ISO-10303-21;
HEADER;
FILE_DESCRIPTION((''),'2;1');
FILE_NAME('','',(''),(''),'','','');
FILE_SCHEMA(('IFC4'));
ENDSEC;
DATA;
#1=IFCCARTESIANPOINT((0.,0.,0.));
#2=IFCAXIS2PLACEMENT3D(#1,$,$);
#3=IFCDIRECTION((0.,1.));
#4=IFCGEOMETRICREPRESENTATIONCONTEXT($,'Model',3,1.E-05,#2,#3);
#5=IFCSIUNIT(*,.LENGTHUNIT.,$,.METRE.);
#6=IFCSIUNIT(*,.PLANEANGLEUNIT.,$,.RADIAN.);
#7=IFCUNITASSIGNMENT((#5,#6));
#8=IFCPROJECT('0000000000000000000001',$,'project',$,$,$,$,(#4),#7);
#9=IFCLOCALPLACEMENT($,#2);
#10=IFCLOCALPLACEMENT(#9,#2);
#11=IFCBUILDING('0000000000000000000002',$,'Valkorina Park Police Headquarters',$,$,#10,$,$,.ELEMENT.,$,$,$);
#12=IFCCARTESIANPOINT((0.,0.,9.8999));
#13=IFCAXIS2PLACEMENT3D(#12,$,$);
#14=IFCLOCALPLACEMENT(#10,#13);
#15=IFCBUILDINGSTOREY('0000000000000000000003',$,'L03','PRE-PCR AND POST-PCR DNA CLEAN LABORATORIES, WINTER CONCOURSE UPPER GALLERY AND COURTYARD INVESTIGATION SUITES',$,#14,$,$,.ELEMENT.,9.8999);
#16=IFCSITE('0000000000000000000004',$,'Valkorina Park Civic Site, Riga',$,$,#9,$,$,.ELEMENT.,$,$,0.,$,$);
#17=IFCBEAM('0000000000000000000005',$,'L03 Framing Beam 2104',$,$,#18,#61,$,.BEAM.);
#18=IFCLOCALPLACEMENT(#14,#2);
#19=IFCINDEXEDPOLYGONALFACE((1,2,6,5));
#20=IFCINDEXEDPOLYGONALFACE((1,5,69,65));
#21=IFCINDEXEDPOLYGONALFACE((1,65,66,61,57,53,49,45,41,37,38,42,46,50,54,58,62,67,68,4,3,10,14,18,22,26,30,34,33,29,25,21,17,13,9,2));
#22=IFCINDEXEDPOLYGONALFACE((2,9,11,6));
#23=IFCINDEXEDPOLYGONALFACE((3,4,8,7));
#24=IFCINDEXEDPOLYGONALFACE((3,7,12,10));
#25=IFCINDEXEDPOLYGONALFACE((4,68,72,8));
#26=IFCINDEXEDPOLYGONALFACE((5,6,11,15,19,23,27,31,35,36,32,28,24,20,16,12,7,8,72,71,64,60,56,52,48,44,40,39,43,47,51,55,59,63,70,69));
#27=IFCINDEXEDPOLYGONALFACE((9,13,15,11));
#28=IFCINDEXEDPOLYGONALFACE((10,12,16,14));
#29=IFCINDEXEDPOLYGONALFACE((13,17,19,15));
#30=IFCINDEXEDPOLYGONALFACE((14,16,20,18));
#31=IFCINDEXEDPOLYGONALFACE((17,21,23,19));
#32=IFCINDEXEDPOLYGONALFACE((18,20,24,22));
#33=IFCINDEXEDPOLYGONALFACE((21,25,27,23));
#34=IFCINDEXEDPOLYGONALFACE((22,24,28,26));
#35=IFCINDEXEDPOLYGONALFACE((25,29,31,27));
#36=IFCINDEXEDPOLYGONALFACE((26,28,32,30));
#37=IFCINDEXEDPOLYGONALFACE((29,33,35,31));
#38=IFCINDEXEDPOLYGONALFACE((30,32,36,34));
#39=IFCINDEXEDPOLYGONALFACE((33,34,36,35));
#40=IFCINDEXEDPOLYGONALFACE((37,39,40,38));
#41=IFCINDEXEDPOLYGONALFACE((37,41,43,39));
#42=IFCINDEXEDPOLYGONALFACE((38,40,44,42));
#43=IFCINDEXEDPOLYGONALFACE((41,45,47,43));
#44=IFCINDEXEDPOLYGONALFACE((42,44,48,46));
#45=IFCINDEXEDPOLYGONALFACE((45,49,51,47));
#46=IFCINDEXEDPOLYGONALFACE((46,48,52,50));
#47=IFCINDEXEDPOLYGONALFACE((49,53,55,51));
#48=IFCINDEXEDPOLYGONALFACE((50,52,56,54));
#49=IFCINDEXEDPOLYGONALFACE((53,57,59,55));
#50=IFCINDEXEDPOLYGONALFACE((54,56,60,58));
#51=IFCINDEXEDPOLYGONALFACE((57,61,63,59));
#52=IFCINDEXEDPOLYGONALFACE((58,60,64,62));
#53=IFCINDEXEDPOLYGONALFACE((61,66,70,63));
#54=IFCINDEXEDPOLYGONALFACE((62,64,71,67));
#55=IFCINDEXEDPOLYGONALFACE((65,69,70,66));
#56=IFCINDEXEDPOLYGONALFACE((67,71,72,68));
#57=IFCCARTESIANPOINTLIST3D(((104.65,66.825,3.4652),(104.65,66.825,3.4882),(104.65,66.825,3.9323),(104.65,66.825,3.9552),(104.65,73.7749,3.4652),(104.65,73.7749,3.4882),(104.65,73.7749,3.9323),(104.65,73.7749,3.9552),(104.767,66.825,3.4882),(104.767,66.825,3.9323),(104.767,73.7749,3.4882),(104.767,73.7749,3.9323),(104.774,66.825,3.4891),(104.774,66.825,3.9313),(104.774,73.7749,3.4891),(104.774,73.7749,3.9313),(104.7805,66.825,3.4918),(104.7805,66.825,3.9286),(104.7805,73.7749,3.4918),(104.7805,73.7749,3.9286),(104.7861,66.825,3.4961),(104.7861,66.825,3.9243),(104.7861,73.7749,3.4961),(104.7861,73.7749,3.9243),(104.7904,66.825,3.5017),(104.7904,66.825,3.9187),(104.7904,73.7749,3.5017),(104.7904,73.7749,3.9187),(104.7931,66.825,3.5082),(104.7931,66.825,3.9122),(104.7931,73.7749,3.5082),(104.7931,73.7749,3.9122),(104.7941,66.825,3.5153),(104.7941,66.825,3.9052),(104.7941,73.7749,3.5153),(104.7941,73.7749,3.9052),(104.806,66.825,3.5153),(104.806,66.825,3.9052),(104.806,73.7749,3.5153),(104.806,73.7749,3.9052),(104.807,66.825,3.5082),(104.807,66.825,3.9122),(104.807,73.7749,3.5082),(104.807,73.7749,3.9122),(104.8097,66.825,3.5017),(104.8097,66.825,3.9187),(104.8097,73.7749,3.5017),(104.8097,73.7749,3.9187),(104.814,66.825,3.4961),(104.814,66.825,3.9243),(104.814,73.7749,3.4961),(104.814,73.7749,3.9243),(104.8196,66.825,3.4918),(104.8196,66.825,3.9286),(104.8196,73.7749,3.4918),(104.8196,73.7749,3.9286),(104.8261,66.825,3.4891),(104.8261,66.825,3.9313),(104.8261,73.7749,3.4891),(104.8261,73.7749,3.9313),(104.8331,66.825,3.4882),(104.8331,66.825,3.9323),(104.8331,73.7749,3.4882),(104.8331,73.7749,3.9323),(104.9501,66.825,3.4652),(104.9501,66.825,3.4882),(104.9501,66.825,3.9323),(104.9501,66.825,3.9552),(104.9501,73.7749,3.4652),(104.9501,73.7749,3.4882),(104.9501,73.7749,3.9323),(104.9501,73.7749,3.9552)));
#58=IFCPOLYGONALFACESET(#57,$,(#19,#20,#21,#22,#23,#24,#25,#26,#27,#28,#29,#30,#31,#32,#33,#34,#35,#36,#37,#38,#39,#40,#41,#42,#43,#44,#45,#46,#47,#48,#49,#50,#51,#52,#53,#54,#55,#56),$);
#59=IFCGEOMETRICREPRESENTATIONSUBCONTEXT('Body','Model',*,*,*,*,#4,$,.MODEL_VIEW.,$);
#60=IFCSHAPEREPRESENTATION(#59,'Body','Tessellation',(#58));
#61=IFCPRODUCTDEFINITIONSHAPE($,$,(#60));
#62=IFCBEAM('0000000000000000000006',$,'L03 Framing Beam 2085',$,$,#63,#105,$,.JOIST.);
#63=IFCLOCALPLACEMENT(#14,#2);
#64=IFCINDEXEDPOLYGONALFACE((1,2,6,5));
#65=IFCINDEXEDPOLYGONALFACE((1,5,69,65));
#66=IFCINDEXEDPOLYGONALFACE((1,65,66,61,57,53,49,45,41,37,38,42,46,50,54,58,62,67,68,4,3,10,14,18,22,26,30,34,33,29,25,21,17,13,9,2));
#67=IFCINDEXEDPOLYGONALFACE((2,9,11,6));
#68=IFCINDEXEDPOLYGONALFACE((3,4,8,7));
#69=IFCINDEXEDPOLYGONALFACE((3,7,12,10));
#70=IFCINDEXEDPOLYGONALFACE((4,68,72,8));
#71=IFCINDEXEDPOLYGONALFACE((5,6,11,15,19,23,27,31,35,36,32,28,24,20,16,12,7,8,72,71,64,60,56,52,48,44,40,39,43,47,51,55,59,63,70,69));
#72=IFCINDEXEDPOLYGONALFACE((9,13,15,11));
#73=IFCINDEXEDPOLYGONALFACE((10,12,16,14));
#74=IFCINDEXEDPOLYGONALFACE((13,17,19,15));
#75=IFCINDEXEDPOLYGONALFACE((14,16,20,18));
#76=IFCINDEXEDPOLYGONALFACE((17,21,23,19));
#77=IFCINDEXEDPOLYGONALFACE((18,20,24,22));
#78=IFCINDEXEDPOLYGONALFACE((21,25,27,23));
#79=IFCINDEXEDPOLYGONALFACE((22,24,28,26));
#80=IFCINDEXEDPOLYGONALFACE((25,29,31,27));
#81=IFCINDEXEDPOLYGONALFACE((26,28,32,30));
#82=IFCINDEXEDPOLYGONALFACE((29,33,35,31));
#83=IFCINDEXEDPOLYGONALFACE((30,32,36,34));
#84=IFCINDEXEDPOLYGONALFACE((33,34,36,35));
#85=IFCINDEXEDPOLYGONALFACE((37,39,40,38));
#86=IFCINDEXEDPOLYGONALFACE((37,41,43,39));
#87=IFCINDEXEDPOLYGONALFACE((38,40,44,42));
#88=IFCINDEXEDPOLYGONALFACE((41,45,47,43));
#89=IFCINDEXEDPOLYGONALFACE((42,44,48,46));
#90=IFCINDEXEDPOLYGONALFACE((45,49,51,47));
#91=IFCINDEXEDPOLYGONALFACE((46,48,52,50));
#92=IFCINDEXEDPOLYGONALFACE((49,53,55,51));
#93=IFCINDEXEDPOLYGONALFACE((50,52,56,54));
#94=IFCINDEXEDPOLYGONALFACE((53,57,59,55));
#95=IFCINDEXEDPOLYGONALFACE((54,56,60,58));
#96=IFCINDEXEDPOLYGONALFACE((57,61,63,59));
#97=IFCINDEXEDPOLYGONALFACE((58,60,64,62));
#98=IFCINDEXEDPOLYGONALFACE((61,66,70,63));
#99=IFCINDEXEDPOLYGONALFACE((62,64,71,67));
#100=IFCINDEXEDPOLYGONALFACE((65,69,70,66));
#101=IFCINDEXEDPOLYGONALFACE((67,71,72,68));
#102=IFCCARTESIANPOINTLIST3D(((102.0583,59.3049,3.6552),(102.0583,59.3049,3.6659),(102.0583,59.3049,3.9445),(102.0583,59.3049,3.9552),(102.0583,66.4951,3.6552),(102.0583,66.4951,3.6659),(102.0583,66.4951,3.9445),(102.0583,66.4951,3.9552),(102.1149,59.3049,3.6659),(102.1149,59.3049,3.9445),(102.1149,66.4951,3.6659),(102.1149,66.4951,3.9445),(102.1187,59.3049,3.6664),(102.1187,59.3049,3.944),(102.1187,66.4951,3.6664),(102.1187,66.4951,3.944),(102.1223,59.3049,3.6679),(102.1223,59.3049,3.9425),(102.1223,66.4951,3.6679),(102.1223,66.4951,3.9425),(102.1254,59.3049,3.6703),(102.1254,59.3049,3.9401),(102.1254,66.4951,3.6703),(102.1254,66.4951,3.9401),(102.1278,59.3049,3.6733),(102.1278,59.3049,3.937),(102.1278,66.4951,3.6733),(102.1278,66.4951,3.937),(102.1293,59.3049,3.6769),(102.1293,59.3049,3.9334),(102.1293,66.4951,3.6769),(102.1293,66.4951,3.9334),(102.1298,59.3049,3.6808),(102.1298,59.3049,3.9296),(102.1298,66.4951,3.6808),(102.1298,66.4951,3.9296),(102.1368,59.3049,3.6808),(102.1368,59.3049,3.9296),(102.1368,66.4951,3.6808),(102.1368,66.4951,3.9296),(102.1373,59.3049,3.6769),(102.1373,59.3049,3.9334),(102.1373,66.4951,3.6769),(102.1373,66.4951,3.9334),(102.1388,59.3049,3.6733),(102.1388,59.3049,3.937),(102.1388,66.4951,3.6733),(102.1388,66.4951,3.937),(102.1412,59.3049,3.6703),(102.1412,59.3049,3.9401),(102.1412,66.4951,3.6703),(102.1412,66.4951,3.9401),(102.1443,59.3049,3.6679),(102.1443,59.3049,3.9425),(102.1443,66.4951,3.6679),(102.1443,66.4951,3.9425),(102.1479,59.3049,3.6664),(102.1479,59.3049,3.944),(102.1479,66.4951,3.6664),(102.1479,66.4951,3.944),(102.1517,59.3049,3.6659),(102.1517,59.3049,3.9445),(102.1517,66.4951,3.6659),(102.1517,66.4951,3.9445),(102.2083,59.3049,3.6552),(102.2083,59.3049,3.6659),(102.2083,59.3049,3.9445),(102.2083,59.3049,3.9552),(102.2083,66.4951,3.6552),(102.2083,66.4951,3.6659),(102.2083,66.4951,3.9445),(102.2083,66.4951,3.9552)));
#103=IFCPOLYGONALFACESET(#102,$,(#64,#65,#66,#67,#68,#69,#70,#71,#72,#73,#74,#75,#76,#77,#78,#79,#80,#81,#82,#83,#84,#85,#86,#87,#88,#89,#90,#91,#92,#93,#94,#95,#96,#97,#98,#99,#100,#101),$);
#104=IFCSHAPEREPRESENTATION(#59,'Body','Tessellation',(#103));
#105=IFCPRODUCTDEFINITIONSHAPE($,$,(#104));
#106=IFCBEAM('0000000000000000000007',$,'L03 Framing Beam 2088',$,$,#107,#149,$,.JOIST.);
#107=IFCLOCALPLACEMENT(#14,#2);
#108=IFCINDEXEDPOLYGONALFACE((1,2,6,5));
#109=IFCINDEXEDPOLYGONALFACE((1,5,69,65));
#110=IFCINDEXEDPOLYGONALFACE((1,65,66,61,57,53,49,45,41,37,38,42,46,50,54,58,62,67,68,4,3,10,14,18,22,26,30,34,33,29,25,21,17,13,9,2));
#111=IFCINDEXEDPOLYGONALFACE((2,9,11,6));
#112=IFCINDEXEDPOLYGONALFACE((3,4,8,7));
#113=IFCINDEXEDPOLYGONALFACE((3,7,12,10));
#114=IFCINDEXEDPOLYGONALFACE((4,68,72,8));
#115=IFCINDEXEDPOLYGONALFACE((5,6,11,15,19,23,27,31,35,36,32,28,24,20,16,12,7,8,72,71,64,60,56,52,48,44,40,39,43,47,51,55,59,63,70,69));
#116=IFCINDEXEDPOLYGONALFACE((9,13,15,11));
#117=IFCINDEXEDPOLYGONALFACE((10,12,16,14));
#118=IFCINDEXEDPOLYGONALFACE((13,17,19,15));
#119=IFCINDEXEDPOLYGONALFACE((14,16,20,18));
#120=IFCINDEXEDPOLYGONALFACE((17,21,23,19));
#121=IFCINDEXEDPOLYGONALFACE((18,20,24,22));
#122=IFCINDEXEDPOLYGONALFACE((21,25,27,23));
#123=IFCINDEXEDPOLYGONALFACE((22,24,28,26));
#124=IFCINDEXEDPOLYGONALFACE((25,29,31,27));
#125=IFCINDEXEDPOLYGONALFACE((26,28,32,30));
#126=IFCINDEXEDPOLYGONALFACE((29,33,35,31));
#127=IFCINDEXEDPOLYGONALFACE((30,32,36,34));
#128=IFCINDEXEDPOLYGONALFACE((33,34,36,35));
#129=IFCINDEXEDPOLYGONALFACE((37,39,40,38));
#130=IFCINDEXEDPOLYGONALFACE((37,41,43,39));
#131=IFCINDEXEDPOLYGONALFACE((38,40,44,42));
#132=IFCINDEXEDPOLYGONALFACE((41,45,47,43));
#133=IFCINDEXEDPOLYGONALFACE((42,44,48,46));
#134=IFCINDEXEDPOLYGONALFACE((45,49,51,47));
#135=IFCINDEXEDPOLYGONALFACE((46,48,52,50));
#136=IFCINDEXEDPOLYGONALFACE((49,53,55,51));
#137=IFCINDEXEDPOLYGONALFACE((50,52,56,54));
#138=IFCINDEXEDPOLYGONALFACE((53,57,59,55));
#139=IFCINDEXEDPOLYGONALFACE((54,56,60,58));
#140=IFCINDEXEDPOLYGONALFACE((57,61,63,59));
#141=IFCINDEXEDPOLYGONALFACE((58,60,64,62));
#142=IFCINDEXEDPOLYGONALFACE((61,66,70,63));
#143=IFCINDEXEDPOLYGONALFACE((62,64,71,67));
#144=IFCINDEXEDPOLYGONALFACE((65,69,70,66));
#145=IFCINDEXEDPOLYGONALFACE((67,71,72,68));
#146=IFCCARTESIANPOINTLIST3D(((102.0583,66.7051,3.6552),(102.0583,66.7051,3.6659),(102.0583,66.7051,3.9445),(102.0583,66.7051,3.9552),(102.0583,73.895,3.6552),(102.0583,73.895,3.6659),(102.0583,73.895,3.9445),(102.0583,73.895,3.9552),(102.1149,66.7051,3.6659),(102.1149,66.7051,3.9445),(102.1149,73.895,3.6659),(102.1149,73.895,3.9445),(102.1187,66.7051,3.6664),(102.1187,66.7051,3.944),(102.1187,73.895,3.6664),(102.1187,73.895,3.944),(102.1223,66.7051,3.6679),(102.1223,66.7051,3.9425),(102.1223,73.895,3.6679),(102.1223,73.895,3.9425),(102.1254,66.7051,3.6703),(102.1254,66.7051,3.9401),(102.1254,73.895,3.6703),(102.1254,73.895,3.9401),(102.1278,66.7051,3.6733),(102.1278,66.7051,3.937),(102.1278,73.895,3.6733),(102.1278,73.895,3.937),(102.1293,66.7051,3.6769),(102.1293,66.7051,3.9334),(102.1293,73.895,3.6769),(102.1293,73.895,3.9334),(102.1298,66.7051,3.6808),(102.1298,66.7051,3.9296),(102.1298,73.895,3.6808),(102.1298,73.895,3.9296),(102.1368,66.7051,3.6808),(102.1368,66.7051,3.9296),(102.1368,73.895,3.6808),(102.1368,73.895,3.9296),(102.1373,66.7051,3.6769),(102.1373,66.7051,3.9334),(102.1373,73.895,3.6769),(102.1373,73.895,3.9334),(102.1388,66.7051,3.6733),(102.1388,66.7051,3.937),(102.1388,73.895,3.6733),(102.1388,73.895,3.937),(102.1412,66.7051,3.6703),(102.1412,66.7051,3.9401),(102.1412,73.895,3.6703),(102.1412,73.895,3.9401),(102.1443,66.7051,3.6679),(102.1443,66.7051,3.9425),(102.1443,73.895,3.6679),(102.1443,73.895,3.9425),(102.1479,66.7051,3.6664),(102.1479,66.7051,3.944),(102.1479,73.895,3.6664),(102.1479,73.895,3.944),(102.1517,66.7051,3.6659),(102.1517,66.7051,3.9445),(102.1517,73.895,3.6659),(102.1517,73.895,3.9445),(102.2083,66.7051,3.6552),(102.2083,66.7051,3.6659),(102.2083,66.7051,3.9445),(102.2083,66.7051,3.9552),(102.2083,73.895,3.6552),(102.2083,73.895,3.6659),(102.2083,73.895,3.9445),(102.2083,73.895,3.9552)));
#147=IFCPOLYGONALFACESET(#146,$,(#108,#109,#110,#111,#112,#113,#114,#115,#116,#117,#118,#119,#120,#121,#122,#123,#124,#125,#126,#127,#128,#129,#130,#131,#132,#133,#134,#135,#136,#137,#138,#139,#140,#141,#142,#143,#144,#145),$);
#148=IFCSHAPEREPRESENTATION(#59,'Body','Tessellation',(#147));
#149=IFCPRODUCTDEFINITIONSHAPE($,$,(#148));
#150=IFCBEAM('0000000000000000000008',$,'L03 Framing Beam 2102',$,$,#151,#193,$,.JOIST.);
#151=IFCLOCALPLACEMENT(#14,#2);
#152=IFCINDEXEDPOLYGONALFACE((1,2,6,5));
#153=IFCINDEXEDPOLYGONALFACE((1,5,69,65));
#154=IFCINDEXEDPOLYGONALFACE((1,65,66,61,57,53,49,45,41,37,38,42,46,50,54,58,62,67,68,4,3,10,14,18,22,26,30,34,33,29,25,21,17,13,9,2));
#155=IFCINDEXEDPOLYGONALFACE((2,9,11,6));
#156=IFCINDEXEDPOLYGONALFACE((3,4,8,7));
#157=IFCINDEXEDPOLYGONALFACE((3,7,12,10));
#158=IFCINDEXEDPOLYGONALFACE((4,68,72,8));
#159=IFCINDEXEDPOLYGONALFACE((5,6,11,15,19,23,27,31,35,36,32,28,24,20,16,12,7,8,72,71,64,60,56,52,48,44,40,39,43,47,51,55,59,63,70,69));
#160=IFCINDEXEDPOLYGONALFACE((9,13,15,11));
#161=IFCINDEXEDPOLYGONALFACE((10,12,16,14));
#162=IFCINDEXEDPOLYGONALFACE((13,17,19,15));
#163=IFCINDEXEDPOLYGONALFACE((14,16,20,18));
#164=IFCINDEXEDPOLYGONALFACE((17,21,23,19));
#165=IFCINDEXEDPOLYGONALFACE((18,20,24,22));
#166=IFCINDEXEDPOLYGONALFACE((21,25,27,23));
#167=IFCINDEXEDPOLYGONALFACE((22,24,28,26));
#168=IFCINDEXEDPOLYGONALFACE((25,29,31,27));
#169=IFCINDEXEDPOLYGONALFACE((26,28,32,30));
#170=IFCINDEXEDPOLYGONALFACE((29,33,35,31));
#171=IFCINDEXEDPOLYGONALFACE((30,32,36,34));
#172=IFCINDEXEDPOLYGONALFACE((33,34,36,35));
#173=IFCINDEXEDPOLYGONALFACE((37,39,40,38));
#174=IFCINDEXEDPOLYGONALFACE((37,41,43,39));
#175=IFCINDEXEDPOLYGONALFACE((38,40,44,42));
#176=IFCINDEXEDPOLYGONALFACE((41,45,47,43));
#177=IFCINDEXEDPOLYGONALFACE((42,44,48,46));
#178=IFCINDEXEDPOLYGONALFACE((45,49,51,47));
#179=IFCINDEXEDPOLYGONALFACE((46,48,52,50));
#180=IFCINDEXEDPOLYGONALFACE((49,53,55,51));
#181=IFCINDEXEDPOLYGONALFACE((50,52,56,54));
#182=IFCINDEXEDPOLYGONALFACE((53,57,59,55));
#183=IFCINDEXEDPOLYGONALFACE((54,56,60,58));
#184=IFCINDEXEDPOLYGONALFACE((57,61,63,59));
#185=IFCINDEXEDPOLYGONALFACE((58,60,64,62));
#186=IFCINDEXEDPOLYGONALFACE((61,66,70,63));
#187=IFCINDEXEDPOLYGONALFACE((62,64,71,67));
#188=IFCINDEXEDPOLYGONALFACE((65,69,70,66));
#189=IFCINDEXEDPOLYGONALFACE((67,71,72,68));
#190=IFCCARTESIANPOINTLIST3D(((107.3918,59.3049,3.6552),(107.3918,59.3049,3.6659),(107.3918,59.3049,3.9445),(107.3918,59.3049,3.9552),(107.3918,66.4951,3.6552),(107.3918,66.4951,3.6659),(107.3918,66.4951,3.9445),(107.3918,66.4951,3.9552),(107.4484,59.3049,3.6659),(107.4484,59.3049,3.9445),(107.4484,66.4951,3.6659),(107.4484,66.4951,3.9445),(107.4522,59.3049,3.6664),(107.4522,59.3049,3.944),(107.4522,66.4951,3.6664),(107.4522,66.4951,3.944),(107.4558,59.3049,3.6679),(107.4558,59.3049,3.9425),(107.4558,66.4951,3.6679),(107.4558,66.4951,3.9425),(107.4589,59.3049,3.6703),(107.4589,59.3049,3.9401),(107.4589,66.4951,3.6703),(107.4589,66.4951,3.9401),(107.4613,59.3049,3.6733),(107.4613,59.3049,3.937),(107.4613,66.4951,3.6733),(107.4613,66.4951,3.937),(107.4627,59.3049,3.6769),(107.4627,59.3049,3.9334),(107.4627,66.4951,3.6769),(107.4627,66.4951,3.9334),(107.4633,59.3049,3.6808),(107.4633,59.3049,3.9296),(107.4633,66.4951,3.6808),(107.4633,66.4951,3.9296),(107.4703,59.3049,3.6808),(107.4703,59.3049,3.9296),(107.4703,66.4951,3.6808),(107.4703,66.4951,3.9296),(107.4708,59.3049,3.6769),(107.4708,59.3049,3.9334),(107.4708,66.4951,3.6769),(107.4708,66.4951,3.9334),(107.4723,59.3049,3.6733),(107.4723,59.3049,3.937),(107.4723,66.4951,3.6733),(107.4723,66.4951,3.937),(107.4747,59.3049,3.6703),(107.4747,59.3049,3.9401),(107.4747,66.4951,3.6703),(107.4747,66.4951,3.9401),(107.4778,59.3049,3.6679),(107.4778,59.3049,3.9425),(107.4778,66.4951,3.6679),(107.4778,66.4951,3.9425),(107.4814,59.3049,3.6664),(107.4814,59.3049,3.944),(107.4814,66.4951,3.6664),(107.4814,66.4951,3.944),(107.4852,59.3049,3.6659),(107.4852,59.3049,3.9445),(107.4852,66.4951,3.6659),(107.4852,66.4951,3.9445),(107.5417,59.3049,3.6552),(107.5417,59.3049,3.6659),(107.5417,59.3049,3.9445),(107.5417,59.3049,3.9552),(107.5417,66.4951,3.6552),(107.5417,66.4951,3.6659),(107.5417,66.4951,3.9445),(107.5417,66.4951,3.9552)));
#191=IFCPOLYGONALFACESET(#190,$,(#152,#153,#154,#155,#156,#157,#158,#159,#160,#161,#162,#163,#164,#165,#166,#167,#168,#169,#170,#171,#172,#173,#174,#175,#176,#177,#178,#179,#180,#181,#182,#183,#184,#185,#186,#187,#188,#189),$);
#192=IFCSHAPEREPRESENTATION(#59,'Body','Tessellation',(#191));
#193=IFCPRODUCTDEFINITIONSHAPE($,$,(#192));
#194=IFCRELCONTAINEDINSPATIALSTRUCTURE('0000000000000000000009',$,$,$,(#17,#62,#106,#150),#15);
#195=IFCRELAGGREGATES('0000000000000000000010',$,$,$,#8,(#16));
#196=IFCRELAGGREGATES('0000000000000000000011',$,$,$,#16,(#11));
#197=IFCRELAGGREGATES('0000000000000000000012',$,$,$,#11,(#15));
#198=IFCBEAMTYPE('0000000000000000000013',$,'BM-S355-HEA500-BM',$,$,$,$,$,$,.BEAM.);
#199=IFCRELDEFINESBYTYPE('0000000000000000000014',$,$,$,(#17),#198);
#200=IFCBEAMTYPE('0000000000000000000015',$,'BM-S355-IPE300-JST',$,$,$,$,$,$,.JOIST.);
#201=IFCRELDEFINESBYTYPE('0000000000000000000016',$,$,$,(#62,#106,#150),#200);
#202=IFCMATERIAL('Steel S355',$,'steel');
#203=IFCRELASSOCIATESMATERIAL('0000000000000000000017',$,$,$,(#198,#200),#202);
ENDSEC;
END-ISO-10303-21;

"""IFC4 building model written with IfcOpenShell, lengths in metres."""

from ifc_helpers import new_model, si_unit, direction, frame, origin, origin_2d, place, context, subcontext, project, spatial, i_section, extrude, material, material_profile, profile_set, type_object, element, save


model = new_model("IFC4")

# Units and contexts
model_context = context("Model", 3, precision=1e-05, world=origin(), true_north=direction((0.0, 1.0)))
body_context = subcontext(model_context, "Body", "Model", "MODEL_VIEW")
ifc_project = project(units=[si_unit("LENGTHUNIT", "METRE"), si_unit("PLANEANGLEUNIT", "RADIAN")], contexts=[model_context])

# Site, building, storey
site_placement = place(None, origin())
site = spatial("IfcSite", under=ifc_project, at=site_placement, Name="Valkorina Park Civic Site, Riga", CompositionType="ELEMENT", RefElevation=0.0)
building_placement = place(site_placement, origin())
building = spatial("IfcBuilding", under=site, at=building_placement, Name="Valkorina Park Police Headquarters", CompositionType="ELEMENT")
storey_placement = place(building_placement, frame((0.0, 0.0, 9.8999)))
storey = spatial("IfcBuildingStorey", under=building, at=storey_placement, Name="L03", Description="PRE-PCR AND POST-PCR DNA CLEAN LABORATORIES, WINTER CONCOURSE UPPER GALLERY AND COURTYARD INVESTIGATION SUITES", CompositionType="ELEMENT", Elevation=9.8999)

# Shared definitions
ifc_material_1 = material(Name="Steel S355", Category="steel")

# Beams
ifc_material_profile_1 = material_profile(ifc_material_1, i_section(OverallWidth=0.3, OverallDepth=0.49, WebThickness=0.012, FlangeThickness=0.0229, FilletRadius=0.0271, at=origin_2d()), Name="HEA 500")
ifc_profile_set_1 = profile_set([ifc_material_profile_1], Name="Steel S355")
beam_type_1 = type_object("IfcBeamType", Name="BM-S355-HEA500-BM", PredefinedType="BEAM", material=ifc_profile_set_1)
for number, where, z_axis, x_axis, name in (
    (1, (104.8, 66.825, 3.7102), (0.0, 1.0, 0.0), (-1.0, 0.0, 0.0), "L03 Framing Beam 2104"),
):
    element("IfcBeam", number, at=place(storey_placement, frame(where, z_axis=z_axis, x_axis=x_axis)), inside=storey, type_object=beam_type_1, Name=name, PredefinedType="BEAM", context=body_context, shape_type="SweptSolid", body=[
        extrude(i_section(OverallWidth=0.3, OverallDepth=0.49, WebThickness=0.012, FlangeThickness=0.0229, FilletRadius=0.0271, at=origin_2d()), origin(), (0.0, 0.0, 1.0), 6.95),
    ])
ifc_material_profile_2 = material_profile(ifc_material_1, i_section(OverallWidth=0.1499, OverallDepth=0.3, WebThickness=0.0071, FlangeThickness=0.0107, FilletRadius=0.0149, at=origin_2d()), Name="IPE 300")
ifc_profile_set_2 = profile_set([ifc_material_profile_2], Name="Steel S355")
beam_type_2 = type_object("IfcBeamType", Name="BM-S355-IPE300-JST", PredefinedType="JOIST", material=ifc_profile_set_2)
beam_1_placement = place(storey_placement, frame((102.1333, 59.3049, 3.8052), z_axis=(0.0, 1.0, 0.0), x_axis=(-1.0, 0.0, 0.0)))
element("IfcBeam", 2, at=beam_1_placement, inside=storey, type_object=beam_type_2, Name="L03 Framing Beam 2085", PredefinedType="JOIST", context=body_context, shape_type="SweptSolid", body=[
    extrude(i_section(OverallWidth=0.1499, OverallDepth=0.3, WebThickness=0.0071, FlangeThickness=0.0107, FilletRadius=0.0149, at=origin_2d()), origin(), (0.0, 0.0, 1.0), 7.1902),
])
beam_2_placement = place(storey_placement, frame((102.1333, 66.7051, 3.8052), z_axis=(0.0, 1.0, 0.0), x_axis=(-1.0, 0.0, 0.0)))
element("IfcBeam", 3, at=beam_2_placement, inside=storey, type_object=beam_type_2, Name="L03 Framing Beam 2088", PredefinedType="JOIST", context=body_context, shape_type="SweptSolid", body=[
    extrude(i_section(OverallWidth=0.1499, OverallDepth=0.3, WebThickness=0.0071, FlangeThickness=0.0107, FilletRadius=0.0149, at=origin_2d()), origin(), (0.0, 0.0, 1.0), 7.1899),
])
for number, where, z_axis, x_axis, name in (
    (4, (107.4668, 59.3049, 3.8052), (0.0, 1.0, 0.0), (-1.0, 0.0, 0.0), "L03 Framing Beam 2102"),
):
    element("IfcBeam", number, at=place(storey_placement, frame(where, z_axis=z_axis, x_axis=x_axis)), inside=storey, type_object=beam_type_2, Name=name, PredefinedType="JOIST", context=body_context, shape_type="SweptSolid", body=[
        extrude(i_section(OverallWidth=0.1499, OverallDepth=0.3, WebThickness=0.0071, FlangeThickness=0.0107, FilletRadius=0.0149, at=origin_2d()), origin(), (0.0, 0.0, 1.0), 7.1902),
    ])

save(model, "model.ifc")
